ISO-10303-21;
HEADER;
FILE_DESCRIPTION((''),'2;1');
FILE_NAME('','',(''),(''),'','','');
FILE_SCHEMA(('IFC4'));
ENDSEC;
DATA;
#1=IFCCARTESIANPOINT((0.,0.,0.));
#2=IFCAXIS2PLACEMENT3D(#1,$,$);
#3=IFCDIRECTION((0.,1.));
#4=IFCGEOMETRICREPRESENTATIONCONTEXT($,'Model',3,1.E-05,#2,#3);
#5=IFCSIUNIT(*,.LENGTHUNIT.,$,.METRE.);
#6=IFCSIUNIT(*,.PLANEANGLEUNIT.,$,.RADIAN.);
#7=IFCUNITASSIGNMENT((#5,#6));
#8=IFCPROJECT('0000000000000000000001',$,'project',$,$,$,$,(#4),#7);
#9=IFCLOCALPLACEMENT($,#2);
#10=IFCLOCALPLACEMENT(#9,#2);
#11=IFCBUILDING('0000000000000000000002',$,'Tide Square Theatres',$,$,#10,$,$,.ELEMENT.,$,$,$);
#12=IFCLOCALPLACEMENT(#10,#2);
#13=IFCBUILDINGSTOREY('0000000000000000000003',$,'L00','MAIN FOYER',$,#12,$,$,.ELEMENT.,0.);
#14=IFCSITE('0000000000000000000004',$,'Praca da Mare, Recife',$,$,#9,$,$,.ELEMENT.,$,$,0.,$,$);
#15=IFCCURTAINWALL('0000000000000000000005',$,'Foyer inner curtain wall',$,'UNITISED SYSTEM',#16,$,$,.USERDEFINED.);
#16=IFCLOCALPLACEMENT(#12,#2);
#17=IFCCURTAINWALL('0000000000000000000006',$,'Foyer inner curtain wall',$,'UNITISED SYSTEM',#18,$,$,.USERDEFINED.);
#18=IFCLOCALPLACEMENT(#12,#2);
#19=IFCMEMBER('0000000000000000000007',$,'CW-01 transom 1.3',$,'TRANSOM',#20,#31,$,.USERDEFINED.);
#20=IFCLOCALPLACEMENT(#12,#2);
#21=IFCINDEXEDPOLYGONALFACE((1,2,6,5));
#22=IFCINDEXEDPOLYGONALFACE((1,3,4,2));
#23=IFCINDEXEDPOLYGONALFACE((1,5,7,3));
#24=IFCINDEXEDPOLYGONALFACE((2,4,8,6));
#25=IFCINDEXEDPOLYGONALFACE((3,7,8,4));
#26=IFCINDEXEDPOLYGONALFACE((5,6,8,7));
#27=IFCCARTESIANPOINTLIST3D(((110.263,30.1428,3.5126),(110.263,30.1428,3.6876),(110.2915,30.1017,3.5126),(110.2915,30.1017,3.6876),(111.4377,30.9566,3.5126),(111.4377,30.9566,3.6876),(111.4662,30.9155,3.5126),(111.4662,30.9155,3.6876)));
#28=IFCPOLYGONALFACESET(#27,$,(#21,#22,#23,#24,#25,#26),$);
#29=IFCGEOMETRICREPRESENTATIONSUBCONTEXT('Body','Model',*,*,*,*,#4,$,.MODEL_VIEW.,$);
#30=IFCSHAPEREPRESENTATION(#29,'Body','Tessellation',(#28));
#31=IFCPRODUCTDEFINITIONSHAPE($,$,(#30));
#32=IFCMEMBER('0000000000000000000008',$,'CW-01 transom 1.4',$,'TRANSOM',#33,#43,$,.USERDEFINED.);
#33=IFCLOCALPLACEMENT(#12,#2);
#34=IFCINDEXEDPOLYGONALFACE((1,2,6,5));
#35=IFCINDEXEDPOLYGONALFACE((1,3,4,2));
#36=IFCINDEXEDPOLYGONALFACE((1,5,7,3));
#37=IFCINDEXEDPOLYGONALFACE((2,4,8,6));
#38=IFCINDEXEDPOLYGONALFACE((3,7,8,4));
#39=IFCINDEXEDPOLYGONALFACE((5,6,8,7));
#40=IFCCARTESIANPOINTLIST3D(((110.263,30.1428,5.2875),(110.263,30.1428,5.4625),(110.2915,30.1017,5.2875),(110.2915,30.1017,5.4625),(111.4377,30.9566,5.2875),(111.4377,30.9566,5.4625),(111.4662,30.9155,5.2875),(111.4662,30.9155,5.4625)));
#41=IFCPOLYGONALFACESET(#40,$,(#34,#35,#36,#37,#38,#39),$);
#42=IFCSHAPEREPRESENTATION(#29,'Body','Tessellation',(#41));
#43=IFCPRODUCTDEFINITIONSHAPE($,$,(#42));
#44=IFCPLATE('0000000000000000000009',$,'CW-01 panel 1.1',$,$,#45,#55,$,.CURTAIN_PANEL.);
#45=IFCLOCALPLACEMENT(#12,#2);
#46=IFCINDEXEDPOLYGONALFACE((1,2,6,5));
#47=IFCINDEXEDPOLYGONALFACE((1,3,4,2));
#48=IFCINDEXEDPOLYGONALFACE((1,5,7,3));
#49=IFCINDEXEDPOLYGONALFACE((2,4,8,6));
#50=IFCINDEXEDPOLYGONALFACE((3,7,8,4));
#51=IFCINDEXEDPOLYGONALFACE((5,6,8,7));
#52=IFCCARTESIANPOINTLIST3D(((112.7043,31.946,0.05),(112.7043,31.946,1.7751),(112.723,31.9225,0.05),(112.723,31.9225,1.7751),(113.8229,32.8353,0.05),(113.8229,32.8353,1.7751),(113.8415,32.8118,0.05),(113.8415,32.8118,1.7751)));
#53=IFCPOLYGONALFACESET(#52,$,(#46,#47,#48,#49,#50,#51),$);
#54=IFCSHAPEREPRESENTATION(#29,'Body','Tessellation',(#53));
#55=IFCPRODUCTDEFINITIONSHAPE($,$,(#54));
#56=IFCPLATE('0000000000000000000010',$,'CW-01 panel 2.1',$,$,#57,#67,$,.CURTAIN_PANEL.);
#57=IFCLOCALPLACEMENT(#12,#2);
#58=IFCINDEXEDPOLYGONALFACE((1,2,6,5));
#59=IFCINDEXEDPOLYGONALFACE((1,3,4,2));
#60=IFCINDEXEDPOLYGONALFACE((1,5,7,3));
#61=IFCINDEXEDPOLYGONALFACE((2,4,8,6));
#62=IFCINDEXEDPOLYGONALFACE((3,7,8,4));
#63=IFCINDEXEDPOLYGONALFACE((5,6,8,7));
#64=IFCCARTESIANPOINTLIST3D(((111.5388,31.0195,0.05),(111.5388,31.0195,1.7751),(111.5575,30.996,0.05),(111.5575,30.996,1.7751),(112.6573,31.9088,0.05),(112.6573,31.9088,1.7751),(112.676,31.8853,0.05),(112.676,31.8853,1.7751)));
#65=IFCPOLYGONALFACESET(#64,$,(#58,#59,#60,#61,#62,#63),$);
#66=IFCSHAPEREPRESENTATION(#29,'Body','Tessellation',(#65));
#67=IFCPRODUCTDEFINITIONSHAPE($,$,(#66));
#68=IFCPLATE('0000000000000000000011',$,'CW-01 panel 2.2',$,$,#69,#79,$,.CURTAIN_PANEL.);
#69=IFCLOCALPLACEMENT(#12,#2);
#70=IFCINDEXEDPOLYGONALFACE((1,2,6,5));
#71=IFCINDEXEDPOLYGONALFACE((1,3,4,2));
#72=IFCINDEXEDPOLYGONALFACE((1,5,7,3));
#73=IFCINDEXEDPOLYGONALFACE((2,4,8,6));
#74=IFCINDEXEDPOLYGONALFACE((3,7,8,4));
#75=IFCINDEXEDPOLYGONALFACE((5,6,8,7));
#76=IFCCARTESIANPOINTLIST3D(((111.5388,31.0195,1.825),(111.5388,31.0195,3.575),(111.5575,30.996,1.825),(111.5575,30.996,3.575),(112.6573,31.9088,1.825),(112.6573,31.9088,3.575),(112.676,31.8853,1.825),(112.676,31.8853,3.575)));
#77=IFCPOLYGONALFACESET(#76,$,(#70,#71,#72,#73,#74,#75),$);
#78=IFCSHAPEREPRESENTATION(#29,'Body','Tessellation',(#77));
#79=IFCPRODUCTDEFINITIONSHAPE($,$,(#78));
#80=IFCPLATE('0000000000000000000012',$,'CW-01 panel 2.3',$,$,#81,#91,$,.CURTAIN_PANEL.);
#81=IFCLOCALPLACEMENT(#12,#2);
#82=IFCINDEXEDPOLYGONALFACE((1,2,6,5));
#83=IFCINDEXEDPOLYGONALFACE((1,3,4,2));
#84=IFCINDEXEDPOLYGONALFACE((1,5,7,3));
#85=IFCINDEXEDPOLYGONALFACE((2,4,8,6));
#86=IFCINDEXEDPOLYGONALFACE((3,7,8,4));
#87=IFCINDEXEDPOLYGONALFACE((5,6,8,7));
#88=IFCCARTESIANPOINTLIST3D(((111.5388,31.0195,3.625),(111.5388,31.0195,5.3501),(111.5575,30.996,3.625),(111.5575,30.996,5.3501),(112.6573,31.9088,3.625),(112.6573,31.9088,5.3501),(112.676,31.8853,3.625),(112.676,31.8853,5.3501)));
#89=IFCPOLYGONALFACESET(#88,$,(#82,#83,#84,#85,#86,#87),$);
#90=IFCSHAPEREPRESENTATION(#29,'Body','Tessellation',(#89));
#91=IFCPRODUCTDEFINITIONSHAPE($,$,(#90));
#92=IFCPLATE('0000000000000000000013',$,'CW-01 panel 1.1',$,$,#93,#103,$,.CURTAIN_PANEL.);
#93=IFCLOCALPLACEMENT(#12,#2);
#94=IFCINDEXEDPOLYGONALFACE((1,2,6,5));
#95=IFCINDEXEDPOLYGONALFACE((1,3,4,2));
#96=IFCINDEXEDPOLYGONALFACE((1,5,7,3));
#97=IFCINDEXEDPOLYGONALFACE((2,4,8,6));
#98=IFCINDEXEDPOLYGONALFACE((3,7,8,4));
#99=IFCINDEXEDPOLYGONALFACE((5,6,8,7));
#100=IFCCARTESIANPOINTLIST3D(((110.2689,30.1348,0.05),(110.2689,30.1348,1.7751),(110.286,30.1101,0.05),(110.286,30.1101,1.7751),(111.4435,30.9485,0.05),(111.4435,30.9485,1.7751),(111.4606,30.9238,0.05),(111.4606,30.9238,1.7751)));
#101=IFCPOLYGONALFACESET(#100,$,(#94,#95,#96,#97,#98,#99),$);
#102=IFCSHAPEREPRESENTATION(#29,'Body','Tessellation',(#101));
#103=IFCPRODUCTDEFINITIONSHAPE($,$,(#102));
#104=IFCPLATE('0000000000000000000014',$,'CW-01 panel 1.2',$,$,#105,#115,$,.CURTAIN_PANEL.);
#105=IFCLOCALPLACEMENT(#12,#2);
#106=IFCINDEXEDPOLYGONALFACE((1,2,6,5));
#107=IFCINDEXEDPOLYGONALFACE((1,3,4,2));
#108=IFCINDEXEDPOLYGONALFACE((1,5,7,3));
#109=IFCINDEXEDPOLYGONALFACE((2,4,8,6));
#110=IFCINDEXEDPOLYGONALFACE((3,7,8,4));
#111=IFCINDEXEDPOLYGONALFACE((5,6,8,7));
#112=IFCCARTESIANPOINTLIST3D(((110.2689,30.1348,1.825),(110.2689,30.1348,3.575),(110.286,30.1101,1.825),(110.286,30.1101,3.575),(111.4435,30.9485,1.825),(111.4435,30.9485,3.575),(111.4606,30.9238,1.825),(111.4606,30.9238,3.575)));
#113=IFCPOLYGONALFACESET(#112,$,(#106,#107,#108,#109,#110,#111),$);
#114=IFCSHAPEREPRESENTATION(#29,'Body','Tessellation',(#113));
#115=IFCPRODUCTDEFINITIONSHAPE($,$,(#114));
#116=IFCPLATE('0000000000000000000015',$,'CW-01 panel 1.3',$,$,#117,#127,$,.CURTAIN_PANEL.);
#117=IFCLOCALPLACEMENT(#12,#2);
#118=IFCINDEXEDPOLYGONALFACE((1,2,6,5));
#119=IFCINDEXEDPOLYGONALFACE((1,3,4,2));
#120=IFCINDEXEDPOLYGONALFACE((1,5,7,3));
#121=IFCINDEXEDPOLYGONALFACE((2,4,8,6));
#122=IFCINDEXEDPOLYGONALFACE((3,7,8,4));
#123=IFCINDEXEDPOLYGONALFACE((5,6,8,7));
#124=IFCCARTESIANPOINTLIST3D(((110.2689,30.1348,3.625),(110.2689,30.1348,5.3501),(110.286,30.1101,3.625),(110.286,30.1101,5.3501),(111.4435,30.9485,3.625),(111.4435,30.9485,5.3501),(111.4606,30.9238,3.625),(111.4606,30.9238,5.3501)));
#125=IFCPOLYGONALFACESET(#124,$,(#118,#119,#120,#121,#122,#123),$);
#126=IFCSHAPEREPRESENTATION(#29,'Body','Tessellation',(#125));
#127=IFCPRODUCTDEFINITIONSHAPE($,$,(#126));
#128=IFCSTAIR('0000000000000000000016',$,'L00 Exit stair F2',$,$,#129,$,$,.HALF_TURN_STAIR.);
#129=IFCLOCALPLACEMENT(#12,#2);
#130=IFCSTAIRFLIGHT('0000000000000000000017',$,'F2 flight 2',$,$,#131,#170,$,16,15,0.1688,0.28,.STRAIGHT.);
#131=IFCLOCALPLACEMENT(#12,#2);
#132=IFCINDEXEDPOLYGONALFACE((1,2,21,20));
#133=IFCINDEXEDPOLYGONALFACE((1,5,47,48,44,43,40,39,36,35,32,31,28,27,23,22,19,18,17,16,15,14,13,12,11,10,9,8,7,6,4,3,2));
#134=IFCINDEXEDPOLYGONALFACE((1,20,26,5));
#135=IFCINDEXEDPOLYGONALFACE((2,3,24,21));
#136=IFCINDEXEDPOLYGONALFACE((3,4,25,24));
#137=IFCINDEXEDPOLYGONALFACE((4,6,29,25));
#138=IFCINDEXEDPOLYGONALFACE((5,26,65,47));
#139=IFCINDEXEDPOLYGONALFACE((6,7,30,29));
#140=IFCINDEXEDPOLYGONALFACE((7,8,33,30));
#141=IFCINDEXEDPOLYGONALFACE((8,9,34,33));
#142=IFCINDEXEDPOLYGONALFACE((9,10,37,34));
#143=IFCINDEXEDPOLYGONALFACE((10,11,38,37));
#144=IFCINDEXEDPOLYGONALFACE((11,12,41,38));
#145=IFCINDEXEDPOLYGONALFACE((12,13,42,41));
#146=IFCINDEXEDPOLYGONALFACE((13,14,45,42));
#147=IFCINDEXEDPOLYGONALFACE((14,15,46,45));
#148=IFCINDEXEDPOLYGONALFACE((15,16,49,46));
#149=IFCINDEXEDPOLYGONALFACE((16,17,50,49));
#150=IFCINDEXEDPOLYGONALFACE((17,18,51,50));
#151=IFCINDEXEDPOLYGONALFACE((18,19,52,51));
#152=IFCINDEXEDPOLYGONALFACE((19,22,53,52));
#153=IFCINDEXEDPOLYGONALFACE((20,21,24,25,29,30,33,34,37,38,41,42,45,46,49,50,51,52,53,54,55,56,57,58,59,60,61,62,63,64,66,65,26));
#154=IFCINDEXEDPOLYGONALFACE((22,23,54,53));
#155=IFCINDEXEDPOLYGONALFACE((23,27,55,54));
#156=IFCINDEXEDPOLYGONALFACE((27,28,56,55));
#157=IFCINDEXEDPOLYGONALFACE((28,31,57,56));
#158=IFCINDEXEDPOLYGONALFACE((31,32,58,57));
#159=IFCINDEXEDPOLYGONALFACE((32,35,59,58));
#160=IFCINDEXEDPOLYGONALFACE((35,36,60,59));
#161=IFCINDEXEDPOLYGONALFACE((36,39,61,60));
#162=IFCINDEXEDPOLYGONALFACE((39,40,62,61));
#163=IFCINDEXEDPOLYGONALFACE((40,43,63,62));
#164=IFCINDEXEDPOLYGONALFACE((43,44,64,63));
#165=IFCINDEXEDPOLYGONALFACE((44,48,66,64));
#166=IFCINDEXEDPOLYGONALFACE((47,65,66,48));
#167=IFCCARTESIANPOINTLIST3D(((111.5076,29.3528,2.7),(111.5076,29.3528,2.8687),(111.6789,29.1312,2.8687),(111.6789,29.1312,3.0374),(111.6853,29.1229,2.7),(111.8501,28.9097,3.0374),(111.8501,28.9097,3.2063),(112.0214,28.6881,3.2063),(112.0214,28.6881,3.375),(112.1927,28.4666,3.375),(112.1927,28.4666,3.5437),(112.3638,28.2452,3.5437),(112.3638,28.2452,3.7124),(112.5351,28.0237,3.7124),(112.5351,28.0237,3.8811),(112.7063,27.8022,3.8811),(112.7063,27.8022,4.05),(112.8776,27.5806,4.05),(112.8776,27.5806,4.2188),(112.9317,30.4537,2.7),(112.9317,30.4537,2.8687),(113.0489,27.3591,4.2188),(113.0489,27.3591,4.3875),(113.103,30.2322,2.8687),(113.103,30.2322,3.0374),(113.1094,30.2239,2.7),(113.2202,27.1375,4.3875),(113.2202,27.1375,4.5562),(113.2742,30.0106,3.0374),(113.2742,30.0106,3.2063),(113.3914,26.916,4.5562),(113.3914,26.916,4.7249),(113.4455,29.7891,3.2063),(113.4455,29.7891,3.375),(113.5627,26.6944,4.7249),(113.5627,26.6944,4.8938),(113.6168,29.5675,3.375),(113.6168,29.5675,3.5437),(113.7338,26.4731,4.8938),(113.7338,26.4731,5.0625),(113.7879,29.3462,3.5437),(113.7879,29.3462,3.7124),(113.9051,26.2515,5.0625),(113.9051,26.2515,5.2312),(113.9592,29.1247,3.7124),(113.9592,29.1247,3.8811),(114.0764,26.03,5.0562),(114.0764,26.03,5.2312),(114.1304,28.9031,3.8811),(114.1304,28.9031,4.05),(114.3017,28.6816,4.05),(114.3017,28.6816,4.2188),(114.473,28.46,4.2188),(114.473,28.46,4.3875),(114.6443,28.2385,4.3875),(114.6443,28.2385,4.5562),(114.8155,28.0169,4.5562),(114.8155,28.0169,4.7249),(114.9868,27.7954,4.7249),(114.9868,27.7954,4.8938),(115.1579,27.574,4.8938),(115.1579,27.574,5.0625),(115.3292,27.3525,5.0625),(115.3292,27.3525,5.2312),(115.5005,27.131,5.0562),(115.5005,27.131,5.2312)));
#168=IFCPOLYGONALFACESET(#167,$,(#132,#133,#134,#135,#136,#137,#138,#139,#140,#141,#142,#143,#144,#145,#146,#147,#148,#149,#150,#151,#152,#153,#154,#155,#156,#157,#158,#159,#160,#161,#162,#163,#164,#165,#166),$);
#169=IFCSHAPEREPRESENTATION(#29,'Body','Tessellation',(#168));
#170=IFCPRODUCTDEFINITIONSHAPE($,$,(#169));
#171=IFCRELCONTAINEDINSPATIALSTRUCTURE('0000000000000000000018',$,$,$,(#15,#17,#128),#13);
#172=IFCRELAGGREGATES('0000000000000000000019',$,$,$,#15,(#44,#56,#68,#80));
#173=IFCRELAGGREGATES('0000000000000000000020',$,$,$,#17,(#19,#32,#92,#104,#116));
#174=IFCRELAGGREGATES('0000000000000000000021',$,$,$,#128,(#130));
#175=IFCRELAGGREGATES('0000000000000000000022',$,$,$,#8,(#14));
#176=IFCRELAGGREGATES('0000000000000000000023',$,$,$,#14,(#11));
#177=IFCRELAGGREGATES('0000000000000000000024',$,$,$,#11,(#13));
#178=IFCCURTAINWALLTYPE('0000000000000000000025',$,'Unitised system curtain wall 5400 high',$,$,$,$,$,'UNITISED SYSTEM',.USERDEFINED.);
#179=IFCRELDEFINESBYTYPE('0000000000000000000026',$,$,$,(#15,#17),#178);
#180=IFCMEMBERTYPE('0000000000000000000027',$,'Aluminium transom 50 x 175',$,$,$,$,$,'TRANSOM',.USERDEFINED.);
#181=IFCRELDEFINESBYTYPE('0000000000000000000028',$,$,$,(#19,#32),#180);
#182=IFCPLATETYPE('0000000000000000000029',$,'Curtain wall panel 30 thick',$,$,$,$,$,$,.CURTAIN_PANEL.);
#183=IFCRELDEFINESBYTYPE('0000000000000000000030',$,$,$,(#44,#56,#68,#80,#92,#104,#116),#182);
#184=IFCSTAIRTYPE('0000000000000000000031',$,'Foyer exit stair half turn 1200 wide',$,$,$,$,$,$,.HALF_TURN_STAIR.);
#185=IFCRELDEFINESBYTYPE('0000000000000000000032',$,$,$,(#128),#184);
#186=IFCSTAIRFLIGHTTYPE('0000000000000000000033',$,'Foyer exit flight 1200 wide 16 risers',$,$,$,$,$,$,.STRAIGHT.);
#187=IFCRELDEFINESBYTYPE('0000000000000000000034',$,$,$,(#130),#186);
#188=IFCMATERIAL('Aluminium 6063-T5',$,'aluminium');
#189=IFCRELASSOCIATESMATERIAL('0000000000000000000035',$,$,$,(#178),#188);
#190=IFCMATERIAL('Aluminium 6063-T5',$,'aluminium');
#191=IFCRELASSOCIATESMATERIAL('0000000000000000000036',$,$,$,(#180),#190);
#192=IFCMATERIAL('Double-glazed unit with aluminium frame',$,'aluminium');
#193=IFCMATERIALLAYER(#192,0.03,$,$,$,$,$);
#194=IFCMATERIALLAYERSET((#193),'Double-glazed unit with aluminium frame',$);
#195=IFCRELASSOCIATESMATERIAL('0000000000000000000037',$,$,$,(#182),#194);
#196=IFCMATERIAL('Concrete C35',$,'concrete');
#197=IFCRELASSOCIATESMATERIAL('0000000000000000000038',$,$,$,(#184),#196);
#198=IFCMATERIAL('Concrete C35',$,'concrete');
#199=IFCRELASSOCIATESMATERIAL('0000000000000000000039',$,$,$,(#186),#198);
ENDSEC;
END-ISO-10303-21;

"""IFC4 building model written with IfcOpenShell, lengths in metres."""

from ifc_helpers import new_model, si_unit, direction, frame, origin, origin_2d, place, context, subcontext, project, spatial, polyline, rectangle, outline, extrude, material, layer, layer_set, material_profile, profile_set, type_object, element, aggregate, save


model = new_model("IFC4")

# Units and contexts
model_context = context("Model", 3, precision=1e-05, world=origin(), true_north=direction((0.0, 1.0)))
body_context = subcontext(model_context, "Body", "Model", "MODEL_VIEW")
ifc_project = project(units=[si_unit("LENGTHUNIT", "METRE"), si_unit("PLANEANGLEUNIT", "RADIAN")], contexts=[model_context])

# Site, building, storey
site_placement = place(None, origin())
site = spatial("IfcSite", under=ifc_project, at=site_placement, Name="Praca da Mare, Recife", CompositionType="ELEMENT", RefElevation=0.0)
building_placement = place(site_placement, origin())
building = spatial("IfcBuilding", under=site, at=building_placement, Name="Tide Square Theatres", CompositionType="ELEMENT")
storey_placement = place(building_placement, origin())
storey = spatial("IfcBuildingStorey", under=building, at=storey_placement, Name="L00", Description="MAIN FOYER", CompositionType="ELEMENT", Elevation=0.0)

# Curtain wall
ifc_material_1 = material(Name="Aluminium 6063-T5", Category="aluminium")
curtain_wall_type = type_object("IfcCurtainWallType", Name="Unitised system curtain wall 5400 high", ElementType="UNITISED SYSTEM", PredefinedType="USERDEFINED", material=ifc_material_1)
curtain_wall_1_placement = place(storey_placement, origin())
curtain_wall_1 = element("IfcCurtainWall", 1, at=curtain_wall_1_placement, inside=storey, type_object=curtain_wall_type, Name="Foyer inner curtain wall", ObjectType="UNITISED SYSTEM", PredefinedType="USERDEFINED")

# Curtain wall
curtain_wall_2_placement = place(storey_placement, origin())
curtain_wall_2 = element("IfcCurtainWall", 2, at=curtain_wall_2_placement, inside=storey, type_object=curtain_wall_type, Name="Foyer inner curtain wall", ObjectType="UNITISED SYSTEM", PredefinedType="USERDEFINED")

# Members
ifc_material_2 = material(Name="Aluminium 6063-T5", Category="aluminium")
ifc_material_profile_1 = material_profile(ifc_material_2, rectangle(XDim=0.05, YDim=0.175, at=origin_2d()))
ifc_profile_set_1 = profile_set([ifc_material_profile_1], Name="Aluminium 6063-T5")
member_type_1 = type_object("IfcMemberType", Name="Aluminium transom 50 x 175", ElementType="TRANSOM", PredefinedType="USERDEFINED", material=ifc_profile_set_1)
member_1_placement = place(storey_placement, frame((111.4519, 30.936, 3.6001), z_axis=(-0.822008, -0.569476, 0.0), x_axis=(0.569476, -0.822008, 0.0)))
member_1 = element("IfcMember", 3, at=member_1_placement, type_object=member_type_1, Name="CW-01 transom 1.3", ObjectType="TRANSOM", PredefinedType="USERDEFINED", context=body_context, shape_type="SweptSolid", body=[
    extrude(rectangle(XDim=0.05, YDim=0.175, at=origin_2d()), origin(), (0.0, 0.0, 1.0), 1.429),
])
member_2_placement = place(storey_placement, frame((111.4519, 30.936, 5.375), z_axis=(-0.822008, -0.569476, 0.0), x_axis=(0.569476, -0.822008, 0.0)))
member_2 = element("IfcMember", 4, at=member_2_placement, type_object=member_type_1, Name="CW-01 transom 1.4", ObjectType="TRANSOM", PredefinedType="USERDEFINED", context=body_context, shape_type="SweptSolid", body=[
    extrude(rectangle(XDim=0.05, YDim=0.175, at=origin_2d()), origin(), (0.0, 0.0, 1.0), 1.429),
])

# Plates
ifc_material_3 = material(Name="Double-glazed unit with aluminium frame", Category="aluminium")
ifc_layer = layer(ifc_material_3, 0.03)
ifc_layer_set = layer_set([ifc_layer], Name="Double-glazed unit with aluminium frame")
plate_type = type_object("IfcPlateType", Name="Curtain wall panel 30 thick", PredefinedType="CURTAIN_PANEL", material=ifc_layer_set)
plate_1_placement = place(storey_placement, frame((113.2729, 32.3789, 0.05), z_axis=(0.0, 0.0, 1.0), x_axis=(-0.782747, -0.62234, 0.0)))
plate_1 = element("IfcPlate", 5, at=plate_1_placement, type_object=plate_type, Name="CW-01 panel 1.1", PredefinedType="CURTAIN_PANEL", context=body_context, shape_type="SweptSolid", body=[
    extrude(rectangle(XDim=1.429, YDim=0.03, at=origin_2d()), origin(), (0.0, 0.0, 1.0), 1.7251),
])
plate_2_placement = place(storey_placement, frame((112.1074, 31.4524, 0.05), z_axis=(0.0, 0.0, 1.0), x_axis=(-0.782747, -0.62234, 0.0)))
plate_2 = element("IfcPlate", 6, at=plate_2_placement, type_object=plate_type, Name="CW-01 panel 2.1", PredefinedType="CURTAIN_PANEL", context=body_context, shape_type="SweptSolid", body=[
    extrude(rectangle(XDim=1.429, YDim=0.03, at=origin_2d()), origin(), (0.0, 0.0, 1.0), 1.7251),
])
plate_3_placement = place(storey_placement, frame((112.1074, 31.4524, 1.825), z_axis=(0.0, 0.0, 1.0), x_axis=(-0.782747, -0.62234, 0.0)))
plate_3 = element("IfcPlate", 7, at=plate_3_placement, type_object=plate_type, Name="CW-01 panel 2.2", PredefinedType="CURTAIN_PANEL", context=body_context, shape_type="SweptSolid", body=[
    extrude(rectangle(XDim=1.429, YDim=0.03, at=origin_2d()), origin(), (0.0, 0.0, 1.0), 1.75),
])
plate_4_placement = place(storey_placement, frame((112.1074, 31.4524, 3.625), z_axis=(0.0, 0.0, 1.0), x_axis=(-0.782747, -0.62234, 0.0)))
plate_4 = element("IfcPlate", 8, at=plate_4_placement, type_object=plate_type, Name="CW-01 panel 2.3", PredefinedType="CURTAIN_PANEL", context=body_context, shape_type="SweptSolid", body=[
    extrude(rectangle(XDim=1.429, YDim=0.03, at=origin_2d()), origin(), (0.0, 0.0, 1.0), 1.7251),
])
aggregate(curtain_wall_1, [plate_1, plate_2, plate_3, plate_4])
plate_5_placement = place(storey_placement, frame((110.8647, 30.5293, 0.05), z_axis=(0.0, 0.0, 1.0), x_axis=(-0.822012, -0.56947, 0.0)))
plate_5 = element("IfcPlate", 9, at=plate_5_placement, type_object=plate_type, Name="CW-01 panel 1.1", PredefinedType="CURTAIN_PANEL", context=body_context, shape_type="SweptSolid", body=[
    extrude(rectangle(XDim=1.429, YDim=0.03, at=origin_2d()), origin(), (0.0, 0.0, 1.0), 1.7251),
])
plate_6_placement = place(storey_placement, frame((110.8647, 30.5293, 1.825), z_axis=(0.0, 0.0, 1.0), x_axis=(-0.822012, -0.56947, 0.0)))
plate_6 = element("IfcPlate", 10, at=plate_6_placement, type_object=plate_type, Name="CW-01 panel 1.2", PredefinedType="CURTAIN_PANEL", context=body_context, shape_type="SweptSolid", body=[
    extrude(rectangle(XDim=1.429, YDim=0.03, at=origin_2d()), origin(), (0.0, 0.0, 1.0), 1.75),
])
plate_7_placement = place(storey_placement, frame((110.8647, 30.5293, 3.625), z_axis=(0.0, 0.0, 1.0), x_axis=(-0.822012, -0.56947, 0.0)))
plate_7 = element("IfcPlate", 11, at=plate_7_placement, type_object=plate_type, Name="CW-01 panel 1.3", PredefinedType="CURTAIN_PANEL", context=body_context, shape_type="SweptSolid", body=[
    extrude(rectangle(XDim=1.429, YDim=0.03, at=origin_2d()), origin(), (0.0, 0.0, 1.0), 1.7251),
])
aggregate(curtain_wall_2, [member_1, member_2, plate_5, plate_6, plate_7])

# Stair, stair flight
ifc_material_4 = material(Name="Concrete C35", Category="concrete")
stair_type = type_object("IfcStairType", Name="Foyer exit stair half turn 1200 wide", PredefinedType="HALF_TURN_STAIR", material=ifc_material_4)
stair_placement = place(storey_placement, origin())
stair = element("IfcStair", 12, at=stair_placement, inside=storey, type_object=stair_type, Name="L00 Exit stair F2", PredefinedType="HALF_TURN_STAIR")
ifc_material_5 = material(Name="Concrete C35", Category="concrete")
stair_flight_type = type_object("IfcStairFlightType", Name="Foyer exit flight 1200 wide 16 risers", PredefinedType="STRAIGHT", material=ifc_material_5)
stair_flight_placement = place(storey_placement, frame((112.2197, 29.9033, 2.7), z_axis=(0.0, 0.0, 1.0), x_axis=(0.611628, -0.791146, 0.0)))
stair_flight = element("IfcStairFlight", 13, at=stair_flight_placement, type_object=stair_flight_type, Name="F2 flight 2", NumberOfRisers=16, NumberOfTreads=15, PredefinedType="STRAIGHT", RiserHeight=0.1688, TreadLength=0.28, context=body_context, shape_type="SweptSolid", body=[
    extrude(outline(polyline([(0.0, 0.0), (0.0, 0.1687), (0.28, 0.1687), (0.28, 0.3374), (0.5601, 0.3374), (0.5601, 0.5063), (0.8401, 0.5063), (0.8401, 0.675), (1.1201, 0.675), (1.1201, 0.8438), (1.3999, 0.8438), (1.3999, 1.0125), (1.6799, 1.0125), (1.6799, 1.1812), (1.96, 1.1812), (1.96, 1.3501), (2.24, 1.3501), (2.24, 1.5188), (2.52, 1.5188), (2.52, 1.6875), (2.8, 1.6875), (2.8, 1.8562), (3.0801, 1.8562), (3.0801, 2.0249), (3.3601, 2.0249), (3.3601, 2.1938), (3.6399, 2.1938), (3.6399, 2.3625), (3.9199, 2.3625), (3.9199, 2.5312), (4.2, 2.5312), (4.2, 2.7), (4.2, 2.3562), (0.2905, 0.0), (0.0, 0.0)])), frame((0.0, 0.8999, 0.0), z_axis=(0.0, -1.0, 0.0), x_axis=(1.0, 0.0, 0.0)), (0.0, 0.0, 1.0), 1.8),
])
aggregate(stair, [stair_flight])

save(model, "model.ifc")
